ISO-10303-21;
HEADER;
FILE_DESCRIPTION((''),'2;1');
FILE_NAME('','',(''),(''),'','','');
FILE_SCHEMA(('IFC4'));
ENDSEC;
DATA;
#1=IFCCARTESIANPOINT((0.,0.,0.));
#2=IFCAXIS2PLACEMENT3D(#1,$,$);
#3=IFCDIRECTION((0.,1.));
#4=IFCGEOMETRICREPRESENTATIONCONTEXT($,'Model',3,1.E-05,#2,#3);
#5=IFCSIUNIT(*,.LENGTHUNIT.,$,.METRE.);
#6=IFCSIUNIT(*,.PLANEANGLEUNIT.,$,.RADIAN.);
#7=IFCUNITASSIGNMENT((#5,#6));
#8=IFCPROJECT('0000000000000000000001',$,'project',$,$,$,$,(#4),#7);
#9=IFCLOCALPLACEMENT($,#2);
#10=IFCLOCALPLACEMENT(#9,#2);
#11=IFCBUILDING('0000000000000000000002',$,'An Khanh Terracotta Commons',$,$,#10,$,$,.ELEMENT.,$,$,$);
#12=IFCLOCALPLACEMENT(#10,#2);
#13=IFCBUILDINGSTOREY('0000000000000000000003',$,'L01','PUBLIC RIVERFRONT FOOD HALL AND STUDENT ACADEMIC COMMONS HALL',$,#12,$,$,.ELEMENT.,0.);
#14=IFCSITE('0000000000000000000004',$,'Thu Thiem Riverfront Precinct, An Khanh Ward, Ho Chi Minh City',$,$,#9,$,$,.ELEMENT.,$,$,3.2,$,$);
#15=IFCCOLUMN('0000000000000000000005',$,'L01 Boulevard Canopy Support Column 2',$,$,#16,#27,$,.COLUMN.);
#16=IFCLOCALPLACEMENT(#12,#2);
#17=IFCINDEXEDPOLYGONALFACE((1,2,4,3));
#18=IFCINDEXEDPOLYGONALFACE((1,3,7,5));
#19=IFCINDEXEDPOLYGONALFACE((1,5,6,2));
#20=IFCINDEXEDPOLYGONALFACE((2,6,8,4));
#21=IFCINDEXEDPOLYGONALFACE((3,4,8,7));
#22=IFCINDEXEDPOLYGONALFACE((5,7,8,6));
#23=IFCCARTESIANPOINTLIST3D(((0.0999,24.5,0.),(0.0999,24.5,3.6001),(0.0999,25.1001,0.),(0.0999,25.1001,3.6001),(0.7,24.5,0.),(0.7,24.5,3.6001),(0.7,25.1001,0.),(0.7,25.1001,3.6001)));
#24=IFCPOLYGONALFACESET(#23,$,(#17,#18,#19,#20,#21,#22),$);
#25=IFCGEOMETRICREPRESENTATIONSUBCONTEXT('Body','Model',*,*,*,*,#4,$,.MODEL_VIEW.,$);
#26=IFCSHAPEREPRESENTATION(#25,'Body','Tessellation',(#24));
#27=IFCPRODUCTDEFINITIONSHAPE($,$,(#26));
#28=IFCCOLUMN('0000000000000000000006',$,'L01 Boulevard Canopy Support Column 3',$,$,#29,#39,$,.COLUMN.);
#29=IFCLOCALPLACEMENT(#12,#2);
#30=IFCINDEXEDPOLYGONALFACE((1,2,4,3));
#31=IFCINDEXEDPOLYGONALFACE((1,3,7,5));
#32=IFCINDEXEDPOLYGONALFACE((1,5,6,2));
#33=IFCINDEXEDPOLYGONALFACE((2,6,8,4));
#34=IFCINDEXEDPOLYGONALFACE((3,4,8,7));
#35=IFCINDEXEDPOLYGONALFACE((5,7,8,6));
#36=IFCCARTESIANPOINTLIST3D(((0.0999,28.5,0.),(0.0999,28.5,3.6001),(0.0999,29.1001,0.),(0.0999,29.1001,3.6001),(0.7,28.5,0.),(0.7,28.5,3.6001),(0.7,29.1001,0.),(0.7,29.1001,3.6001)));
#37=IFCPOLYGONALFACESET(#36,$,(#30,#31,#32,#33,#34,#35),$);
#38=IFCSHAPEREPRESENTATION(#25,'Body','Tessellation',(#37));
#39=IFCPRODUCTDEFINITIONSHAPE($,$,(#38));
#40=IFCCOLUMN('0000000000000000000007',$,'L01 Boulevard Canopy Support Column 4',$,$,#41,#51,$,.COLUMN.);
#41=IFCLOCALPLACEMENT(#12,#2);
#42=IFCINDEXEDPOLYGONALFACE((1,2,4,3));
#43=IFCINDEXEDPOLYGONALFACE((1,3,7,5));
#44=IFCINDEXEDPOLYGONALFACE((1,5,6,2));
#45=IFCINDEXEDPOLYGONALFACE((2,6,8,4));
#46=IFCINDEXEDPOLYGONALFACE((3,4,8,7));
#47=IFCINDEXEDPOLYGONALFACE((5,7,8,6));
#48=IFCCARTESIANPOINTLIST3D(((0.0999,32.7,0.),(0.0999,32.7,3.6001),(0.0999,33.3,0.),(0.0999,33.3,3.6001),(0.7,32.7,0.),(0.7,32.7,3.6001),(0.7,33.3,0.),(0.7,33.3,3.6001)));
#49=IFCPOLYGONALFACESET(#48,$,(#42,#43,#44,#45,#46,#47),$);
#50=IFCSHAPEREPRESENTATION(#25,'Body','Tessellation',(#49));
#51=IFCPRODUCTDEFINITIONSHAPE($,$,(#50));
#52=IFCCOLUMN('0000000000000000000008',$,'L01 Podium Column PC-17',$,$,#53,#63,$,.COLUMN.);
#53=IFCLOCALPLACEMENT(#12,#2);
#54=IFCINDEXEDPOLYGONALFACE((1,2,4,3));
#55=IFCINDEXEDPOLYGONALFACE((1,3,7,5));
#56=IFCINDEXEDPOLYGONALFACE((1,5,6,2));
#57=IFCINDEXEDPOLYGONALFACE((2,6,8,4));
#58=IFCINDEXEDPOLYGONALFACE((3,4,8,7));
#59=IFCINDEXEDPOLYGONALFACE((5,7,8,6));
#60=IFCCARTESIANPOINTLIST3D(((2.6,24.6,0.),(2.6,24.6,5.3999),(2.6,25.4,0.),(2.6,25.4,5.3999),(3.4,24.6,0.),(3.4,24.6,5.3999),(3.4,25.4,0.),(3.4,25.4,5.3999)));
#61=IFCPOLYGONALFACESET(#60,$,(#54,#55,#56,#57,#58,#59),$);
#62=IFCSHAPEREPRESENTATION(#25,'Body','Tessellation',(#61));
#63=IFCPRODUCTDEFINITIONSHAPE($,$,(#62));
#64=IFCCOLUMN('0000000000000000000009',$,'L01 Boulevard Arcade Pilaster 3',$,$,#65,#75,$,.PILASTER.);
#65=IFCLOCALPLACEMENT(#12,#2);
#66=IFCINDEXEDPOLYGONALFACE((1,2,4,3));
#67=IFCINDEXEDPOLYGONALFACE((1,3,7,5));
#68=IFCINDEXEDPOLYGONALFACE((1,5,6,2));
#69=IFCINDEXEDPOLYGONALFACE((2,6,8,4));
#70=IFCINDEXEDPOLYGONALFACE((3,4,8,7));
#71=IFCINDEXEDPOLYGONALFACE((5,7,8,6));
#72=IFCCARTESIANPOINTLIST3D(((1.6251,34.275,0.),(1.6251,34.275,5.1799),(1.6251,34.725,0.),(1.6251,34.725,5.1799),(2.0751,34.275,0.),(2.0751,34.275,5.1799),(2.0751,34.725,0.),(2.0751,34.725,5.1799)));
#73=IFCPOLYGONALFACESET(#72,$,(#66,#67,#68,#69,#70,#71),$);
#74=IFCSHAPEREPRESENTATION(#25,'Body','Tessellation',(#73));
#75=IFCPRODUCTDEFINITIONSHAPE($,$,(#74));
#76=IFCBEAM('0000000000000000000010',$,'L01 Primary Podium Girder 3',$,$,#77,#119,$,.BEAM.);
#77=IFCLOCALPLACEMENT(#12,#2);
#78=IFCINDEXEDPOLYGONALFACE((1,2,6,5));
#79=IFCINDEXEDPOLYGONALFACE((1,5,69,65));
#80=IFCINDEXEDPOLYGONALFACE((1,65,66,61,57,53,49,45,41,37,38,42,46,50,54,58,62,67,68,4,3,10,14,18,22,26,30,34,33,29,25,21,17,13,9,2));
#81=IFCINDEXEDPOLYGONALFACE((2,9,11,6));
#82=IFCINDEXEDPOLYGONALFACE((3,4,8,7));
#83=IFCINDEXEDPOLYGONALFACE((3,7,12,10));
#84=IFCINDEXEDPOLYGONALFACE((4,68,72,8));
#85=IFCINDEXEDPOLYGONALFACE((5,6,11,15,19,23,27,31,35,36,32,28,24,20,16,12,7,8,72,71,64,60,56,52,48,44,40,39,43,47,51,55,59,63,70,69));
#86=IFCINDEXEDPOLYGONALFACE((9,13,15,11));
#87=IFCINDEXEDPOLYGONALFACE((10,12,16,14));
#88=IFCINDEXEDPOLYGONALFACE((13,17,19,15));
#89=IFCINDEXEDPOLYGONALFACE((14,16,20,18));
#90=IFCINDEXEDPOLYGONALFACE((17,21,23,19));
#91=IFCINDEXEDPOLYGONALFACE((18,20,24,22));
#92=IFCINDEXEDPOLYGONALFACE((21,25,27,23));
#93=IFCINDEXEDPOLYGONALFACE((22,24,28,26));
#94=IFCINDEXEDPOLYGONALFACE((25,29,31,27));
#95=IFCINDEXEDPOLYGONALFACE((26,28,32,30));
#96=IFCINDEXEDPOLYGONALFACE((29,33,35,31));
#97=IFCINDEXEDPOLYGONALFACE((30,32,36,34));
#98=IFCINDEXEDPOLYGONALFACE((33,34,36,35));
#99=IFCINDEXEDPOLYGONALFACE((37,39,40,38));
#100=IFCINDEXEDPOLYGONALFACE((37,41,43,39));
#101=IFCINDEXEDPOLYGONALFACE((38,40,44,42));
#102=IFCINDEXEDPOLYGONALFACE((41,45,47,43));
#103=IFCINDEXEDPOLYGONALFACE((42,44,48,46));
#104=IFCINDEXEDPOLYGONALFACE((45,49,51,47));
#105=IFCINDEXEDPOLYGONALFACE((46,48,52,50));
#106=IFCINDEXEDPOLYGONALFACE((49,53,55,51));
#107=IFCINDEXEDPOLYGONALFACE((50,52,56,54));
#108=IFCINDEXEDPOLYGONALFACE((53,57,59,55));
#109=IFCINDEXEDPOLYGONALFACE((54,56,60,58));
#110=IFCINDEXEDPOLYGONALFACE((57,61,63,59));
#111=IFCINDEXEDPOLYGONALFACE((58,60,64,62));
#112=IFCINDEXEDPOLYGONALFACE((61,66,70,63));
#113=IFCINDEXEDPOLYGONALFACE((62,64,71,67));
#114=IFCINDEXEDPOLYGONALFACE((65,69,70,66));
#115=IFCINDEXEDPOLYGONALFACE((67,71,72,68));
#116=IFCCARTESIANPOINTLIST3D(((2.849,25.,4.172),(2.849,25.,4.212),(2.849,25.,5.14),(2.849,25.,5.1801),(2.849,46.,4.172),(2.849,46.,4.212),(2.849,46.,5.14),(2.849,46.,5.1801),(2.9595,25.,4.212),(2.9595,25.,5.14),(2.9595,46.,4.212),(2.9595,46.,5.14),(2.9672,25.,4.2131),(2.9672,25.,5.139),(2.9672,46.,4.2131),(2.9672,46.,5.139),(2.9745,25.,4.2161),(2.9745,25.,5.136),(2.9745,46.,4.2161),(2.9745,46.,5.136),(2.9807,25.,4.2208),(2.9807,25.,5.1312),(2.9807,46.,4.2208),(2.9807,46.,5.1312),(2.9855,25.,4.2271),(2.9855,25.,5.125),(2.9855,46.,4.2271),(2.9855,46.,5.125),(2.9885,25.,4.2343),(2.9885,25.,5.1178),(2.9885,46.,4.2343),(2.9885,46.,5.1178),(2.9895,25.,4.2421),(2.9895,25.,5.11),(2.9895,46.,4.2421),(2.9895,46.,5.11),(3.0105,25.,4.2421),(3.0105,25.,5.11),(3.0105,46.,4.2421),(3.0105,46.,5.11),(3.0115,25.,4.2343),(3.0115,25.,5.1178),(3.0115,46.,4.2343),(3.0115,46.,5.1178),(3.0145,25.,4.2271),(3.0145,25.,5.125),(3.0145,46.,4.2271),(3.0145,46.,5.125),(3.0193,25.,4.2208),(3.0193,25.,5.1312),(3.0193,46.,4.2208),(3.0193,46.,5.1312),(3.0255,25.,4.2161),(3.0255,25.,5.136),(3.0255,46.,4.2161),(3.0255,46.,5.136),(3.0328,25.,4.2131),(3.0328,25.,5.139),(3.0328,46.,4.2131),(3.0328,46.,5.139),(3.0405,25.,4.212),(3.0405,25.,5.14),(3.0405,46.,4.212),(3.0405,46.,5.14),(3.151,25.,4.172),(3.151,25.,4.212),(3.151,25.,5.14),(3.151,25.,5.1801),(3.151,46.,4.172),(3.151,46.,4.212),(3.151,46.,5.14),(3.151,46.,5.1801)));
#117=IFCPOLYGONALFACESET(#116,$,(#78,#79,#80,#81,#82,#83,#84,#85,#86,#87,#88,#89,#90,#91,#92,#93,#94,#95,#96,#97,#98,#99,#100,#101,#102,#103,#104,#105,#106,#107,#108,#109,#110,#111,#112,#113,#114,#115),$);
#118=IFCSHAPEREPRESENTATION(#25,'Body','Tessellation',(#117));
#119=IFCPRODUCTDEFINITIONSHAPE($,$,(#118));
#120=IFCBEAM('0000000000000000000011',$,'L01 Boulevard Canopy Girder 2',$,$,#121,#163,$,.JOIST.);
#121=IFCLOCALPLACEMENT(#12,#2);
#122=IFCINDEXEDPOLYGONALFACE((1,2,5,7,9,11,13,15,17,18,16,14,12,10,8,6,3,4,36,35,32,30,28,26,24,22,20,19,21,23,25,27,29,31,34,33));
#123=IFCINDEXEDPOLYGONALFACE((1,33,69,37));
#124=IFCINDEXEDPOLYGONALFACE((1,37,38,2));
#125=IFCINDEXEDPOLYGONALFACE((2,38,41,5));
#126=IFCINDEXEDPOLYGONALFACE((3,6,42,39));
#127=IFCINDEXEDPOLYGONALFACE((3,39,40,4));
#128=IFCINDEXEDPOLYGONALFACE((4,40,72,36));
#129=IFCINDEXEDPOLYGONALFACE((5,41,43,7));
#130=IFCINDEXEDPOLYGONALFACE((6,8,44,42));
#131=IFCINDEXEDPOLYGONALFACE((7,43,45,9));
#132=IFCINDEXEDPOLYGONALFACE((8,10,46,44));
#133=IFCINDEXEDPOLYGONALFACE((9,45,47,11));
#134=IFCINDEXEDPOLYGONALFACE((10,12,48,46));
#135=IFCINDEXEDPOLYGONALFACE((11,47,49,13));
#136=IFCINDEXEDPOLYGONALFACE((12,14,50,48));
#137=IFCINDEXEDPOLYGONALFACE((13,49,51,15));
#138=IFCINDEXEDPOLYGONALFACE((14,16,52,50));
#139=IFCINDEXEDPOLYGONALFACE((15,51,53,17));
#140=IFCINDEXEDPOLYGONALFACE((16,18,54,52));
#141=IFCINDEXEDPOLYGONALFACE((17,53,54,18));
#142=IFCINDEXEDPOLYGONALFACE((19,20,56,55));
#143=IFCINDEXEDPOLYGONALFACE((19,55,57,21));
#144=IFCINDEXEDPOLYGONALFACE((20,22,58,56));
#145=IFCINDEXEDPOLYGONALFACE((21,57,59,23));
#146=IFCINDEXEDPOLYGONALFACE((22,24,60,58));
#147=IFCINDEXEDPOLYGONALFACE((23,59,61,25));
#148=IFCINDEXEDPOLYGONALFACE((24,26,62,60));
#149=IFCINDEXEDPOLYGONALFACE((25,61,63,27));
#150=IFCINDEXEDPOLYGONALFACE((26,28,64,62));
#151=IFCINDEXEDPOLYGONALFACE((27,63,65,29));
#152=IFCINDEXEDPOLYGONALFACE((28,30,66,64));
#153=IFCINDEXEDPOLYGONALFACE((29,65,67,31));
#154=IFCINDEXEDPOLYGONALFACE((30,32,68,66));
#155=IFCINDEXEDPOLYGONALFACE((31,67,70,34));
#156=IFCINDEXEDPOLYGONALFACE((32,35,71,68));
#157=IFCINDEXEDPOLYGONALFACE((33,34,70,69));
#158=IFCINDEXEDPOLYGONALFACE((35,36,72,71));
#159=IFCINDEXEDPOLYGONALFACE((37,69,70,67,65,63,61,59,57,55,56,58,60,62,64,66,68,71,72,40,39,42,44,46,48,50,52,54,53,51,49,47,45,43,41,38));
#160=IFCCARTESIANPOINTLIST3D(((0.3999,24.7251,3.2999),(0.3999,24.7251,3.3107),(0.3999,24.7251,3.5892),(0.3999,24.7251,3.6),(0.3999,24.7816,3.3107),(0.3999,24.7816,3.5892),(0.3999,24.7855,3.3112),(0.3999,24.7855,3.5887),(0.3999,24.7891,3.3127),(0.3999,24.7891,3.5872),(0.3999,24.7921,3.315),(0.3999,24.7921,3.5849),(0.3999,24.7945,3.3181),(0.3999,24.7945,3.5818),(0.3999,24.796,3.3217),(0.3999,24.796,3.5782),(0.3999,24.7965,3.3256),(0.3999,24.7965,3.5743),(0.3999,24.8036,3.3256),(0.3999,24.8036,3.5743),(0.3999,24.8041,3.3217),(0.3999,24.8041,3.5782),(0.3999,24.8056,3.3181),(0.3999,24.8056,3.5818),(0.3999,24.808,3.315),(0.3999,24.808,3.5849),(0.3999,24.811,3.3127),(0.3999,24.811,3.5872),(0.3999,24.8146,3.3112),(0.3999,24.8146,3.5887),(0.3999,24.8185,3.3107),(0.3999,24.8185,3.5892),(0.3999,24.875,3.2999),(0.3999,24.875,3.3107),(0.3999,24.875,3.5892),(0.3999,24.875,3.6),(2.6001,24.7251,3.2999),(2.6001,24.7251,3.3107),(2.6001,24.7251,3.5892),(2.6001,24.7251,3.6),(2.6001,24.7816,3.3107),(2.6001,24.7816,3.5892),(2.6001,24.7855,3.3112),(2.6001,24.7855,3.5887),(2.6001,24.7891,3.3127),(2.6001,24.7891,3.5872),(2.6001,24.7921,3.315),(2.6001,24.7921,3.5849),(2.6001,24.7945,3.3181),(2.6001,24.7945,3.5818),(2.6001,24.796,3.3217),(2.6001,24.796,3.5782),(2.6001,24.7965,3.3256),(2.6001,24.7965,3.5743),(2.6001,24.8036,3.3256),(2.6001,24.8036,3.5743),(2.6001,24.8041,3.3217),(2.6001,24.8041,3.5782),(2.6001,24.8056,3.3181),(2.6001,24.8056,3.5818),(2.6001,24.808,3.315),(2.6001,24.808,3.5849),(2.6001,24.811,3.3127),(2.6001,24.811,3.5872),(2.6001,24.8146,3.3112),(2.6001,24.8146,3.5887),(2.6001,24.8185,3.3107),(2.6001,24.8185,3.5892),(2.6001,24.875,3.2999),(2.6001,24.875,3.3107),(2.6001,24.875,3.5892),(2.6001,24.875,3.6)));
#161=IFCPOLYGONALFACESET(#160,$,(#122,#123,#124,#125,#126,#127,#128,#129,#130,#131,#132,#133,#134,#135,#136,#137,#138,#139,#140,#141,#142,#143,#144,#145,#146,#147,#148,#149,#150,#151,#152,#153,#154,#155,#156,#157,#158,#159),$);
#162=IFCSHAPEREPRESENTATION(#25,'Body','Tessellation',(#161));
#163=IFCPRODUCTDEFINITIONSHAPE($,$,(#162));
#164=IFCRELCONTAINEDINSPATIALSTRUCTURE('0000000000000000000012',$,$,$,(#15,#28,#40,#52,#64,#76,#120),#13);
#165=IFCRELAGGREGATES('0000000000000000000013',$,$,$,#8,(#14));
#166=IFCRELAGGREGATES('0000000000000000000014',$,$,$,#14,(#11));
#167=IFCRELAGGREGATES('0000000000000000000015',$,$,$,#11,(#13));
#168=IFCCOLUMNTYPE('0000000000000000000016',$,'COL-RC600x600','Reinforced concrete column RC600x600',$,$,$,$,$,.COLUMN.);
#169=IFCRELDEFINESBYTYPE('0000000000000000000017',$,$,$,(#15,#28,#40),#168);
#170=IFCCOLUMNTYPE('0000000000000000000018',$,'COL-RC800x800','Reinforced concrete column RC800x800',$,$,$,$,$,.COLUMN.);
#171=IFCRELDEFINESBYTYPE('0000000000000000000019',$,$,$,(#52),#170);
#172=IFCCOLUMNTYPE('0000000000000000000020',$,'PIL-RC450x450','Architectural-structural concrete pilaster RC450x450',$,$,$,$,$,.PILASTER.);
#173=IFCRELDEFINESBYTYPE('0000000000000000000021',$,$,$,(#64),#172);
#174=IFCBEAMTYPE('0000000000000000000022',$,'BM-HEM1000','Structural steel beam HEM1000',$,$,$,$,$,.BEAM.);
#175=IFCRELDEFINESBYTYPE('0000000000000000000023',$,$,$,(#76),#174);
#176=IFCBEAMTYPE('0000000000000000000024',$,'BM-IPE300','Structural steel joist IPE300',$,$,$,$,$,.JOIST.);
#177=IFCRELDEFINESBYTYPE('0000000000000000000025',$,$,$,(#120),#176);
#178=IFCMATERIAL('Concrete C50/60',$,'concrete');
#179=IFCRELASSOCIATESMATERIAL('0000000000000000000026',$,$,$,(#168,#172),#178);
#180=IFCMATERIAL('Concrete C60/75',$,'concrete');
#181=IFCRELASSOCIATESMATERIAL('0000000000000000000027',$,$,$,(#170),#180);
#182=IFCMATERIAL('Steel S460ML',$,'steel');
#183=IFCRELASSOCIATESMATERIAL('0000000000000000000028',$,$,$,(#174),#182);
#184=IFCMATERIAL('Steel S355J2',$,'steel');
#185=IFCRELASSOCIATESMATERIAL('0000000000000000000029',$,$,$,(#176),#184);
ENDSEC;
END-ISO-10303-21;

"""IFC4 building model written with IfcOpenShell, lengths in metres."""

from ifc_helpers import new_model, si_unit, direction, frame, origin, origin_2d, place, context, subcontext, project, spatial, rectangle, i_section, extrude, material, material_profile, profile_set, type_object, element, save


model = new_model("IFC4")

# Units and contexts
model_context = context("Model", 3, precision=1e-05, world=origin(), true_north=direction((0.0, 1.0)))
body_context = subcontext(model_context, "Body", "Model", "MODEL_VIEW")
ifc_project = project(units=[si_unit("LENGTHUNIT", "METRE"), si_unit("PLANEANGLEUNIT", "RADIAN")], contexts=[model_context])

# Site, building, storey
site_placement = place(None, origin())
site = spatial("IfcSite", under=ifc_project, at=site_placement, Name="Thu Thiem Riverfront Precinct, An Khanh Ward, Ho Chi Minh City", CompositionType="ELEMENT", RefElevation=3.2)
building_placement = place(site_placement, origin())
building = spatial("IfcBuilding", under=site, at=building_placement, Name="An Khanh Terracotta Commons", CompositionType="ELEMENT")
storey_placement = place(building_placement, origin())
storey = spatial("IfcBuildingStorey", under=building, at=storey_placement, Name="L01", Description="PUBLIC RIVERFRONT FOOD HALL AND STUDENT ACADEMIC COMMONS HALL", CompositionType="ELEMENT", Elevation=0.0)

# Columns
ifc_material_1 = material(Name="Concrete C50/60", Category="concrete")
ifc_material_profile_1 = material_profile(ifc_material_1, rectangle(XDim=0.6001, YDim=0.6001, at=origin_2d()), Name="RC600x600")
ifc_profile_set_1 = profile_set([ifc_material_profile_1], Name="Concrete C50/60")
column_type_1 = type_object("IfcColumnType", Name="COL-RC600x600", Description="Reinforced concrete column RC600x600", PredefinedType="COLUMN", material=ifc_profile_set_1)
for number, where, z_axis, x_axis, name in (
    (1, (0.3999, 24.8, 0.0), (0.0, 0.0, 1.0), (1.0, 0.0, 0.0), "L01 Boulevard Canopy Support Column 2"),
    (2, (0.3999, 28.8, 0.0), (0.0, 0.0, 1.0), (1.0, 0.0, 0.0), "L01 Boulevard Canopy Support Column 3"),
    (3, (0.3999, 33.0, 0.0), (0.0, 0.0, 1.0), (1.0, 0.0, 0.0), "L01 Boulevard Canopy Support Column 4"),
):
    element("IfcColumn", number, at=place(storey_placement, frame(where, z_axis=z_axis, x_axis=x_axis)), inside=storey, type_object=column_type_1, Name=name, PredefinedType="COLUMN", context=body_context, shape_type="SweptSolid", body=[
        extrude(rectangle(XDim=0.6001, YDim=0.6001, at=origin_2d()), origin(), (0.0, 0.0, 1.0), 3.6001),
    ])
ifc_material_2 = material(Name="Concrete C60/75", Category="concrete")
ifc_material_profile_2 = material_profile(ifc_material_2, rectangle(XDim=0.8, YDim=0.8, at=origin_2d()), Name="RC800x800")
ifc_profile_set_2 = profile_set([ifc_material_profile_2], Name="Concrete C60/75")
column_type_2 = type_object("IfcColumnType", Name="COL-RC800x800", Description="Reinforced concrete column RC800x800", PredefinedType="COLUMN", material=ifc_profile_set_2)
column_1_placement = place(storey_placement, frame((3.0, 25.0, 0.0), z_axis=(0.0, 0.0, 1.0), x_axis=(1.0, 0.0, 0.0)))
element("IfcColumn", 4, at=column_1_placement, inside=storey, type_object=column_type_2, Name="L01 Podium Column PC-17", PredefinedType="COLUMN", context=body_context, shape_type="SweptSolid", body=[
    extrude(rectangle(XDim=0.8, YDim=0.8, at=origin_2d()), origin(), (0.0, 0.0, 1.0), 5.3999),
])
ifc_material_profile_3 = material_profile(ifc_material_1, rectangle(XDim=0.45, YDim=0.45, at=origin_2d()), Name="RC450x450")
ifc_profile_set_3 = profile_set([ifc_material_profile_3], Name="Concrete C50/60")
column_type_3 = type_object("IfcColumnType", Name="PIL-RC450x450", Description="Architectural-structural concrete pilaster RC450x450", PredefinedType="PILASTER", material=ifc_profile_set_3)
column_2_placement = place(storey_placement, frame((1.8501, 34.5, 0.0), z_axis=(0.0, 0.0, 1.0), x_axis=(1.0, 0.0, 0.0)))
element("IfcColumn", 5, at=column_2_placement, inside=storey, type_object=column_type_3, Name="L01 Boulevard Arcade Pilaster 3", PredefinedType="PILASTER", context=body_context, shape_type="SweptSolid", body=[
    extrude(rectangle(XDim=0.45, YDim=0.45, at=origin_2d()), origin(), (0.0, 0.0, 1.0), 5.1799),
])

# Beams
ifc_material_3 = material(Name="Steel S460ML", Category="steel")
ifc_material_profile_4 = material_profile(ifc_material_3, i_section(OverallWidth=0.302, OverallDepth=1.0081, WebThickness=0.021, FlangeThickness=0.04, FilletRadius=0.03, at=origin_2d()), Name="HEM1000")
ifc_profile_set_4 = profile_set([ifc_material_profile_4], Name="Steel S460ML")
beam_type_1 = type_object("IfcBeamType", Name="BM-HEM1000", Description="Structural steel beam HEM1000", PredefinedType="BEAM", material=ifc_profile_set_4)
beam_placement = place(storey_placement, frame((3.0, 25.0, 4.676), z_axis=(0.0, 1.0, 0.0), x_axis=(-1.0, 0.0, 0.0)))
element("IfcBeam", 6, at=beam_placement, inside=storey, type_object=beam_type_1, Name="L01 Primary Podium Girder 3", PredefinedType="BEAM", context=body_context, shape_type="SweptSolid", body=[
    extrude(i_section(OverallWidth=0.302, OverallDepth=1.0081, WebThickness=0.021, FlangeThickness=0.04, FilletRadius=0.03, at=origin_2d()), origin(), (0.0, 0.0, 1.0), 21.0),
])
ifc_material_4 = material(Name="Steel S355J2", Category="steel")
ifc_material_profile_5 = material_profile(ifc_material_4, i_section(OverallWidth=0.1499, OverallDepth=0.3, WebThickness=0.0071, FlangeThickness=0.0107, FilletRadius=0.0149, at=origin_2d()), Name="IPE300")
ifc_profile_set_5 = profile_set([ifc_material_profile_5], Name="Steel S355J2")
beam_type_2 = type_object("IfcBeamType", Name="BM-IPE300", Description="Structural steel joist IPE300", PredefinedType="JOIST", material=ifc_profile_set_5)
for number, where, z_axis, x_axis, name in (
    (7, (0.3999, 24.8, 3.45), (1.0, 0.0, 0.0), (0.0, 1.0, 0.0), "L01 Boulevard Canopy Girder 2"),
):
    element("IfcBeam", number, at=place(storey_placement, frame(where, z_axis=z_axis, x_axis=x_axis)), inside=storey, type_object=beam_type_2, Name=name, PredefinedType="JOIST", context=body_context, shape_type="SweptSolid", body=[
        extrude(i_section(OverallWidth=0.1499, OverallDepth=0.3, WebThickness=0.0071, FlangeThickness=0.0107, FilletRadius=0.0149, at=origin_2d()), origin(), (0.0, 0.0, 1.0), 2.2002),
    ])

save(model, "model.ifc")
